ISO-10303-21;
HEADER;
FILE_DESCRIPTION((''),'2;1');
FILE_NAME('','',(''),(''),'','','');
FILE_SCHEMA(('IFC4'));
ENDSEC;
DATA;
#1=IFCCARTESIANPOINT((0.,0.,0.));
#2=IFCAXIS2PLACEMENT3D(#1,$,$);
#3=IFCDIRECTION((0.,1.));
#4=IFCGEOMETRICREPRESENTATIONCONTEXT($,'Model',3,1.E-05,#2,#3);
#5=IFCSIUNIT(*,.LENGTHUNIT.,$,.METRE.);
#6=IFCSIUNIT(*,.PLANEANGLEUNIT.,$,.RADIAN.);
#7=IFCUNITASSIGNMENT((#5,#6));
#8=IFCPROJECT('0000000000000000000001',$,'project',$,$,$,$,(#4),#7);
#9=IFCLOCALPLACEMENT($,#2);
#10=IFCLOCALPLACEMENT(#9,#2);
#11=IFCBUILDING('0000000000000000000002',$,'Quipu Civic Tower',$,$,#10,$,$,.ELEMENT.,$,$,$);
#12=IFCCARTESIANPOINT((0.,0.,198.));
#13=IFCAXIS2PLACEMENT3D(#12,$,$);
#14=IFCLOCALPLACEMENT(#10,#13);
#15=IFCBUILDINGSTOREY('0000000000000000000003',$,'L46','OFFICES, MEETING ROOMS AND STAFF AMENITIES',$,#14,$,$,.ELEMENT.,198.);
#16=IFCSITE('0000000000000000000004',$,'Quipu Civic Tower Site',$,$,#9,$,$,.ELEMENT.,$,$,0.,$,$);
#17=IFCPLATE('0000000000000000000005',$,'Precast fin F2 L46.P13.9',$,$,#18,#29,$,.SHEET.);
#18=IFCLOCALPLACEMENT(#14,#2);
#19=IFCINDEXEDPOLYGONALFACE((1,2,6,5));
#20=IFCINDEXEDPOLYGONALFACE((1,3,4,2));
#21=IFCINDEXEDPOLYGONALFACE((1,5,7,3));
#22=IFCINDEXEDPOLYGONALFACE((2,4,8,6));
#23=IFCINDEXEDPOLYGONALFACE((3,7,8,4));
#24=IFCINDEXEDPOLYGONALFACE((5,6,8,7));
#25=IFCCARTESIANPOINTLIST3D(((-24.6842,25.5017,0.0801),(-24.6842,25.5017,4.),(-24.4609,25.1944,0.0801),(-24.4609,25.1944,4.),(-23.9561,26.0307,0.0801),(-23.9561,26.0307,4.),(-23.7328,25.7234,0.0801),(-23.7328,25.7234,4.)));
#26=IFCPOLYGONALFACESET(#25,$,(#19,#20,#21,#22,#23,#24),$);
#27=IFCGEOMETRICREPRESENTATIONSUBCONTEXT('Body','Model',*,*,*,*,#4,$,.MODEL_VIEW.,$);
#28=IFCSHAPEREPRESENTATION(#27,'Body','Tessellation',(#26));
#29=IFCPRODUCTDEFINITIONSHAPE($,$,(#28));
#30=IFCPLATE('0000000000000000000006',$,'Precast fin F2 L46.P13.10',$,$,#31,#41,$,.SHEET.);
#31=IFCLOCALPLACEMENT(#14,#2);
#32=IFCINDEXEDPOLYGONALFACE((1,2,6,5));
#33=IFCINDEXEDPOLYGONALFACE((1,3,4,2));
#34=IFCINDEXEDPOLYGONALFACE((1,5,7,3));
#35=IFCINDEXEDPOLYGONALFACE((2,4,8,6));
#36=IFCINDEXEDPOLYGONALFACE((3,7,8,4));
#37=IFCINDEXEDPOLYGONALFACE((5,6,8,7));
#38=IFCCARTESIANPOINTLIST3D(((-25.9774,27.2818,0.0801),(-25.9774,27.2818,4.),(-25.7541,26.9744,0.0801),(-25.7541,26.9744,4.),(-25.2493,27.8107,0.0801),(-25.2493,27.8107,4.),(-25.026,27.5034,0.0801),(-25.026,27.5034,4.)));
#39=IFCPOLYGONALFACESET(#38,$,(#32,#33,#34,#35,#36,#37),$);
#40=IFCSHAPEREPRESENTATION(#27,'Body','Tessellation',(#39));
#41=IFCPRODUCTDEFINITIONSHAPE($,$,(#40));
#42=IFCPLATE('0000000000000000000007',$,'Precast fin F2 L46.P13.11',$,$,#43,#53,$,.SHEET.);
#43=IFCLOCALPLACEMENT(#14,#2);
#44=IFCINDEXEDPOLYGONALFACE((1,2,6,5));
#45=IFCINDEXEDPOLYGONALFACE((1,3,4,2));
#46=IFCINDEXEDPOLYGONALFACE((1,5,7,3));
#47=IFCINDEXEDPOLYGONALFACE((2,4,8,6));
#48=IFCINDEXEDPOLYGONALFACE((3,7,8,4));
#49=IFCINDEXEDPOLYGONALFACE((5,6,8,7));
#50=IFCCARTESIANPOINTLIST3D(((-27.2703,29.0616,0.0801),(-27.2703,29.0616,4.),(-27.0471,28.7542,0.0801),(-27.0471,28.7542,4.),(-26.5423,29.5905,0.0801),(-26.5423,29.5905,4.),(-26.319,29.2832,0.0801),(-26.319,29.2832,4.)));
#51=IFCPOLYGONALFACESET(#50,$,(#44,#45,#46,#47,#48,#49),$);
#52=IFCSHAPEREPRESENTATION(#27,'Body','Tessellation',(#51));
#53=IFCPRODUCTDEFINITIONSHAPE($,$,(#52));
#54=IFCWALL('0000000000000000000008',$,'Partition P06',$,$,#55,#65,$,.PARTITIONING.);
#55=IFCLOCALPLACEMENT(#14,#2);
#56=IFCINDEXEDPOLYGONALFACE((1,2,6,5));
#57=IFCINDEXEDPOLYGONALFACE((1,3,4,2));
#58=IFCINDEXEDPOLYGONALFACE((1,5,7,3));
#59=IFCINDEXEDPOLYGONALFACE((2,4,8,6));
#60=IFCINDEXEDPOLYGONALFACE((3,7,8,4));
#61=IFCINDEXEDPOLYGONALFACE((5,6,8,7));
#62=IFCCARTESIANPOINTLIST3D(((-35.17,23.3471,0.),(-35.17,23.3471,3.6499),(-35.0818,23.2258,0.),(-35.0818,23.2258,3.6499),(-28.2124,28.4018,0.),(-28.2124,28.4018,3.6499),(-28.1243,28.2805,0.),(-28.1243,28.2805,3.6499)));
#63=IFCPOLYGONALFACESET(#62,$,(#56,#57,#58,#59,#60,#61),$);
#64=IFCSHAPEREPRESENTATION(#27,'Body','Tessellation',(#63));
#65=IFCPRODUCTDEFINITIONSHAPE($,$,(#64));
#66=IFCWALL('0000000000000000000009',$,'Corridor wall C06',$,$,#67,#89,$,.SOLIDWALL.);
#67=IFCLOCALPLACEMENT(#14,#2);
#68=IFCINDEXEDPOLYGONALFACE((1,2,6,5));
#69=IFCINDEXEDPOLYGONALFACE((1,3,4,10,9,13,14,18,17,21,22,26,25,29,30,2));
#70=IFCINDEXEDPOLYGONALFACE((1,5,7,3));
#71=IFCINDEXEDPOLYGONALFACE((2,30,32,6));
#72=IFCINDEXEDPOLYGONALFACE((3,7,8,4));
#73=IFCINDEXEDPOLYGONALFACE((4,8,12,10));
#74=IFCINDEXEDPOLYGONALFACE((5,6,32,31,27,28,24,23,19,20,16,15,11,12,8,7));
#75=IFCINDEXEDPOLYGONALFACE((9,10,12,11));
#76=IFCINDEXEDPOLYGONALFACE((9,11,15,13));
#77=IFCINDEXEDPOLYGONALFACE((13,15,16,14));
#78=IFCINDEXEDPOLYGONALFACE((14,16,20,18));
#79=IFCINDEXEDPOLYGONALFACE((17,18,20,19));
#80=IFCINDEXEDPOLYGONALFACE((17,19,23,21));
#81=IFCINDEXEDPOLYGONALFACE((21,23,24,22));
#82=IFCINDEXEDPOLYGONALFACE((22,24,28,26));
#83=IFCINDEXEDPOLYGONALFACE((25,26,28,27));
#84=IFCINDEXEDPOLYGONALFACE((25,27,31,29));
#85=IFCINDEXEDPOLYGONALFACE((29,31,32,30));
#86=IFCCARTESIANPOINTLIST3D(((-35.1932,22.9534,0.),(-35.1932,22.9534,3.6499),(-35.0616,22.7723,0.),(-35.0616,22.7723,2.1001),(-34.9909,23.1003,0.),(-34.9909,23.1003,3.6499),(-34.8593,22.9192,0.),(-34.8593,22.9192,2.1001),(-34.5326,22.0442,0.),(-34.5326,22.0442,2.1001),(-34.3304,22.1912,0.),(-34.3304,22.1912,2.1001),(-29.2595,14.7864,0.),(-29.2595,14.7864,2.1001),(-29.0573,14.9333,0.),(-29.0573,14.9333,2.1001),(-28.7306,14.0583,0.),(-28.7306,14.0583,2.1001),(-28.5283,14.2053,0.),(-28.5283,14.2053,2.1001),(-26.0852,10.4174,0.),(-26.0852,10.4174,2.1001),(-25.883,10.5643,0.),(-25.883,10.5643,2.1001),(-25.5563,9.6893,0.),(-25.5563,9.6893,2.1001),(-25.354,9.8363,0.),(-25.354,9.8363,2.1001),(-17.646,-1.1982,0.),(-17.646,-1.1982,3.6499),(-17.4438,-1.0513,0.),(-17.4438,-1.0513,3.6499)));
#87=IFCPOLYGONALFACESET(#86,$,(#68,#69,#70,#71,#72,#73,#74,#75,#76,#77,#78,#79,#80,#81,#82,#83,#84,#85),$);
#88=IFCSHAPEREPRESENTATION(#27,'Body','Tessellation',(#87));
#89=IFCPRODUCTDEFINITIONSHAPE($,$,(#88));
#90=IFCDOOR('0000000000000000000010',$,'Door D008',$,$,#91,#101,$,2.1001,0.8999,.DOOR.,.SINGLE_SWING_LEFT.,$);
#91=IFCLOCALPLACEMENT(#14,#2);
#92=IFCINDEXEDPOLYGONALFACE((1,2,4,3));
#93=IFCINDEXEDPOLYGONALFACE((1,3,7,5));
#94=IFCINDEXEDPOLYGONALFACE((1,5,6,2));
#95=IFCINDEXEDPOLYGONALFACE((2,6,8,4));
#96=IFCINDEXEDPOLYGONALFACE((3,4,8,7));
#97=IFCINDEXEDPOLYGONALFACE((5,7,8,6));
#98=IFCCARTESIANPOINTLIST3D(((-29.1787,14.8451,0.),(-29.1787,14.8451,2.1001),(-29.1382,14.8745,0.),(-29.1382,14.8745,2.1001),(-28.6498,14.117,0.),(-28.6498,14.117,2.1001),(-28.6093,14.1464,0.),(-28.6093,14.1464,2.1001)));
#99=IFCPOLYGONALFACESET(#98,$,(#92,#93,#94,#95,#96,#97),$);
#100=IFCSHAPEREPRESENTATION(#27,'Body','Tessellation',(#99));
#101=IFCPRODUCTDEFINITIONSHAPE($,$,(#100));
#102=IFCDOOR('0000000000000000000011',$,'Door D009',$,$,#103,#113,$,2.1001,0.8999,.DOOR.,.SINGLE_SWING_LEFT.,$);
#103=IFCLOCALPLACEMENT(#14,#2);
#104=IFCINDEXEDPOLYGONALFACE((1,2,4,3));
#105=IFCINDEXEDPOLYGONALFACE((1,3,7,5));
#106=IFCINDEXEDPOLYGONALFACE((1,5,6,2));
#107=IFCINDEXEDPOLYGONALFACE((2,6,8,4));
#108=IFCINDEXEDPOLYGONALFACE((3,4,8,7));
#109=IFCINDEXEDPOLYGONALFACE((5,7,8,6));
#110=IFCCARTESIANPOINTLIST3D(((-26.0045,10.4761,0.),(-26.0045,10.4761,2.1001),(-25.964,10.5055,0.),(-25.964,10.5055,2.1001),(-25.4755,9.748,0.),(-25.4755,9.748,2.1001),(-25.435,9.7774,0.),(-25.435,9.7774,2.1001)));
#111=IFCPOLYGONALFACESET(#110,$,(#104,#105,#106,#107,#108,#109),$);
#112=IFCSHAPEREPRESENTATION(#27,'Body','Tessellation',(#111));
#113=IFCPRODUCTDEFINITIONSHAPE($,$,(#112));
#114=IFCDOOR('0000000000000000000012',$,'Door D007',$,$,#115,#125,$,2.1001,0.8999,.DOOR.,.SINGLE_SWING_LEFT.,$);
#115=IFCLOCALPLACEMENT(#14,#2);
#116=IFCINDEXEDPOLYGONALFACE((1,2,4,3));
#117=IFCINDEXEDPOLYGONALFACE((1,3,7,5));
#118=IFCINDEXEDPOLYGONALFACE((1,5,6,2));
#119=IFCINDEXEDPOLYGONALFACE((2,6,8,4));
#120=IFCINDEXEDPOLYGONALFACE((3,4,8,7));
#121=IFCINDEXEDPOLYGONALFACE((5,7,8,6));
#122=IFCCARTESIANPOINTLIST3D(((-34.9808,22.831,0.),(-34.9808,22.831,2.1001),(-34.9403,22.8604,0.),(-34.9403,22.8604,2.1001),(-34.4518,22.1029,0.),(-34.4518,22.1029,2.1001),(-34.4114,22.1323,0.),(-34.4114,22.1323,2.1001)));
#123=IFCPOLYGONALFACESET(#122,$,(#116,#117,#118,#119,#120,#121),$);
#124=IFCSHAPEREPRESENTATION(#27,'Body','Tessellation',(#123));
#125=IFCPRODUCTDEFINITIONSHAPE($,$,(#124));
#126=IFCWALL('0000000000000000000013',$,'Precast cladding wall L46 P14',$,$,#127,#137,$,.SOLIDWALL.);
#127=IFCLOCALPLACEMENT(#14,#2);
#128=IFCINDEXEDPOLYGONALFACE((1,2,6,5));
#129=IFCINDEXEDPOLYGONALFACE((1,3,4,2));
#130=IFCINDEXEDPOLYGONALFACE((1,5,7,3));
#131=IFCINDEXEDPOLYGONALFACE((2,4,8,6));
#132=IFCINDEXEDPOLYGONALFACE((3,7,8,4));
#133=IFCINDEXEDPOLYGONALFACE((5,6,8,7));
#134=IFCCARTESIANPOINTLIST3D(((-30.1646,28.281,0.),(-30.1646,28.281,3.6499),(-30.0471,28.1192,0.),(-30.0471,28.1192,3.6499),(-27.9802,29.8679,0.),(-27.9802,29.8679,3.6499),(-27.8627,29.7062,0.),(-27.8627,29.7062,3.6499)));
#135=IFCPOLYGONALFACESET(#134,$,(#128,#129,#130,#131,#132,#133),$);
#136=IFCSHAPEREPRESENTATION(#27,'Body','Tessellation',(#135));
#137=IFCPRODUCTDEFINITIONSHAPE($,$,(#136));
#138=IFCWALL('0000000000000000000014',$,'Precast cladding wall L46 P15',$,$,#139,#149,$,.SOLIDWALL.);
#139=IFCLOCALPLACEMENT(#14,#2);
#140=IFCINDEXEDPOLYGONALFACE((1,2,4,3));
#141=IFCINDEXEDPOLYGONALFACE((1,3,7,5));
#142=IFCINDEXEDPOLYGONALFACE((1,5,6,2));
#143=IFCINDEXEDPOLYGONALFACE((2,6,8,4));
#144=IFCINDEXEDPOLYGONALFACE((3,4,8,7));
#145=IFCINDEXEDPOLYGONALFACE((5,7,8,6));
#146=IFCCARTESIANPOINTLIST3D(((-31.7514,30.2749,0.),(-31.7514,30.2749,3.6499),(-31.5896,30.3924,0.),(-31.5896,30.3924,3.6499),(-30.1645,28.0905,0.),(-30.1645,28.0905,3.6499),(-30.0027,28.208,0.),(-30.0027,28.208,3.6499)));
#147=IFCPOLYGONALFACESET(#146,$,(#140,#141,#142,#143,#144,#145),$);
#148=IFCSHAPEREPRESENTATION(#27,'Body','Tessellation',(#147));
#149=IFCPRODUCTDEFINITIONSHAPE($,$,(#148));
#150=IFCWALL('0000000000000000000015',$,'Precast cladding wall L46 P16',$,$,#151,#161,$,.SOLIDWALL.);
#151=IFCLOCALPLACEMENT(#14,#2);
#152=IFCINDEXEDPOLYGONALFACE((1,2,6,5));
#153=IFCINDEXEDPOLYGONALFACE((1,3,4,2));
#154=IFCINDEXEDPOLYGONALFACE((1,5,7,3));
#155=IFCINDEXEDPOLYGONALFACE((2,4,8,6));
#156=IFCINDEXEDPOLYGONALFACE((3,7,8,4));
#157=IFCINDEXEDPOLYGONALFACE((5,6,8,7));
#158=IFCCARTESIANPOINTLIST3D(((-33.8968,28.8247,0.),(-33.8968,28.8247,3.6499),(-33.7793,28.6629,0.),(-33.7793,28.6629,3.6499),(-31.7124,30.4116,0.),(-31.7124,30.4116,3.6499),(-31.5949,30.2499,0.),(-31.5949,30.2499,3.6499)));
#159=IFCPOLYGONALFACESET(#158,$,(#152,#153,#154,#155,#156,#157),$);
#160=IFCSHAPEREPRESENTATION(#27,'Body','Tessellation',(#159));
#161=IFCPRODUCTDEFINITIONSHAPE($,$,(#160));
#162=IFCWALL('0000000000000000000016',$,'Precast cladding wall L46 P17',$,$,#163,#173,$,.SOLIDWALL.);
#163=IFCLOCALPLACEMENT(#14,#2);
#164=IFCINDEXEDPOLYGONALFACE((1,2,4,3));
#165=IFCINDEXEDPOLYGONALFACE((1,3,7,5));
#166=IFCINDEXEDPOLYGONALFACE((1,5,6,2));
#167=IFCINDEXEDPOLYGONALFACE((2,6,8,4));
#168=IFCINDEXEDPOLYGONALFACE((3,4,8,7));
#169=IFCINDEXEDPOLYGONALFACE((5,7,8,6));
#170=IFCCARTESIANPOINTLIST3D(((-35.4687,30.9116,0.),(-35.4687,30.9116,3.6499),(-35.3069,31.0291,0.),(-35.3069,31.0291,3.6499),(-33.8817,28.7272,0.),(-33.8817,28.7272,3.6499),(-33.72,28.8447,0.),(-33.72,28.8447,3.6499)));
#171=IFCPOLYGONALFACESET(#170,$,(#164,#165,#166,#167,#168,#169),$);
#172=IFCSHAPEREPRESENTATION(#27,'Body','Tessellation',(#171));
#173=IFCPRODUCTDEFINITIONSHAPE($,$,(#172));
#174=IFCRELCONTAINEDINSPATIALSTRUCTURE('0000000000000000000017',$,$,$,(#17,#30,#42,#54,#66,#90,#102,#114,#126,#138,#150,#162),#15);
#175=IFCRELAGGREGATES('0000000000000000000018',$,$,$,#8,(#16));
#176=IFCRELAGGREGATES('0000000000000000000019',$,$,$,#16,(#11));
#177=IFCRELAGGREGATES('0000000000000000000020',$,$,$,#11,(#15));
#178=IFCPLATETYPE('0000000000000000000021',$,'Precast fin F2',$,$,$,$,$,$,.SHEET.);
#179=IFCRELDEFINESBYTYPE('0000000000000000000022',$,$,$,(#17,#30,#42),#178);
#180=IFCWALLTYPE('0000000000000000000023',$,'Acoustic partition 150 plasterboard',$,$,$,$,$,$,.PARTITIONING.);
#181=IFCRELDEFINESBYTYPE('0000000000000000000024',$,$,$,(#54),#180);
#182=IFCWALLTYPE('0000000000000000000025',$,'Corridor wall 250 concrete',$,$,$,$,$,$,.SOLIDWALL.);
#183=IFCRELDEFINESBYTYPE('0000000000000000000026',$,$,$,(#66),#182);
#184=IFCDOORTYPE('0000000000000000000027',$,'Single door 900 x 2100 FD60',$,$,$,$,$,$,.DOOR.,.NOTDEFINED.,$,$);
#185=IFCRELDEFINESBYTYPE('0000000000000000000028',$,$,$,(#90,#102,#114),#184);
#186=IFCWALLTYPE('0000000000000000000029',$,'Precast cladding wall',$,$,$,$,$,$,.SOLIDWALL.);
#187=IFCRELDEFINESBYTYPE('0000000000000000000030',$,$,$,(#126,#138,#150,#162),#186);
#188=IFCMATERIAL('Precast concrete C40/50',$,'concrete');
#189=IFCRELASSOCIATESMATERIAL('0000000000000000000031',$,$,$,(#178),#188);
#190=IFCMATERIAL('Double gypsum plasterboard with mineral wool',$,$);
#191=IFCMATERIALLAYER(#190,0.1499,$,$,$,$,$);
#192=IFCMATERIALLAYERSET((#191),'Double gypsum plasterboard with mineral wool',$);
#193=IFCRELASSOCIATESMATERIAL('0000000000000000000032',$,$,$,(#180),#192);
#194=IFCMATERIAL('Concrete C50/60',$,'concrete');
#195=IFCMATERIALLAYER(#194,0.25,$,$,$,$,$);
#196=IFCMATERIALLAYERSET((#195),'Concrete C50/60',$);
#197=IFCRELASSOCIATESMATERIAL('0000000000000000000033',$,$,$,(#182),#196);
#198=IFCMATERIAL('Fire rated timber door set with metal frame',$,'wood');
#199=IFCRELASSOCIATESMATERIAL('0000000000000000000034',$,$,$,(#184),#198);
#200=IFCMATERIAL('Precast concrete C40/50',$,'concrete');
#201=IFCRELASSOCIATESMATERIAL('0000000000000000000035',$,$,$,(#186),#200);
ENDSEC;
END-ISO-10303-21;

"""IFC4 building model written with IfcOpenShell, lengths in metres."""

from ifc_helpers import new_model, si_unit, direction, frame, frame_2d, origin, origin_2d, place, context, subcontext, project, spatial, rectangle, extrude, material, layer, layer_set, type_object, element, fill, save


model = new_model("IFC4")

# Units and contexts
model_context = context("Model", 3, precision=1e-05, world=origin(), true_north=direction((0.0, 1.0)))
body_context = subcontext(model_context, "Body", "Model", "MODEL_VIEW")
ifc_project = project(units=[si_unit("LENGTHUNIT", "METRE"), si_unit("PLANEANGLEUNIT", "RADIAN")], contexts=[model_context])

# Site, building, storey
site_placement = place(None, origin())
site = spatial("IfcSite", under=ifc_project, at=site_placement, Name="Quipu Civic Tower Site", CompositionType="ELEMENT", RefElevation=0.0)
building_placement = place(site_placement, origin())
building = spatial("IfcBuilding", under=site, at=building_placement, Name="Quipu Civic Tower", CompositionType="ELEMENT")
storey_placement = place(building_placement, frame((0.0, 0.0, 198.0)))
storey = spatial("IfcBuildingStorey", under=building, at=storey_placement, Name="L46", Description="OFFICES, MEETING ROOMS AND STAFF AMENITIES", CompositionType="ELEMENT", Elevation=198.0)

# Plates
ifc_material_1 = material(Name="Precast concrete C40/50", Category="concrete")
plate_type_1 = type_object("IfcPlateType", Name="Precast fin F2", PredefinedType="SHEET", material=ifc_material_1)
for number, where, z_axis, x_axis, name in (
    (1, (-24.2085, 25.6125, 0.0801), (0.0, 0.0, 1.0), (-0.587787, 0.809016, 0.0), "Precast fin F2 L46.P13.9"),
    (2, (-25.5017, 27.3926, 0.0801), (0.0, 0.0, 1.0), (-0.587787, 0.809016, 0.0), "Precast fin F2 L46.P13.10"),
    (3, (-26.7947, 29.1724, 0.0801), (0.0, 0.0, 1.0), (-0.587787, 0.809016, 0.0), "Precast fin F2 L46.P13.11"),
):
    element("IfcPlate", number, at=place(storey_placement, frame(where, z_axis=z_axis, x_axis=x_axis)), inside=storey, type_object=plate_type_1, Name=name, PredefinedType="SHEET", context=body_context, shape_type="SweptSolid", body=[
        extrude(rectangle(XDim=0.3799, YDim=0.8999, at=origin_2d()), origin(), (0.0, 0.0, 1.0), 3.9199),
    ])

# Wall
ifc_material_2 = material(Name="Double gypsum plasterboard with mineral wool")
ifc_layer_1 = layer(ifc_material_2, 0.1499)
ifc_layer_set_1 = layer_set([ifc_layer_1], Name="Double gypsum plasterboard with mineral wool")
wall_type_1 = type_object("IfcWallType", Name="Acoustic partition 150 plasterboard", PredefinedType="PARTITIONING", material=ifc_layer_set_1)
wall_1_placement = place(storey_placement, frame((-28.1685, 28.3411, 0.0), z_axis=(0.0, 0.0, 1.0), x_axis=(-0.809031, -0.587767, 0.0)))
element("IfcWall", 4, at=wall_1_placement, inside=storey, type_object=wall_type_1, Name="Partition P06", PredefinedType="PARTITIONING", context=body_context, shape_type="SweptSolid", body=[
    extrude(rectangle(XDim=8.5999, YDim=0.1499, at=frame_2d((4.2998, 0.0))), origin(), (0.0, 0.0, 1.0), 3.6499),
])

# Wall, openings, doors
ifc_material_3 = material(Name="Concrete C50/60", Category="concrete")
ifc_layer_2 = layer(ifc_material_3, 0.25)
ifc_layer_set_2 = layer_set([ifc_layer_2], Name="Concrete C50/60")
wall_type_2 = type_object("IfcWallType", Name="Corridor wall 250 concrete", PredefinedType="SOLIDWALL", material=ifc_layer_set_2)
wall_2_placement = place(storey_placement, frame((-35.092, 23.0269, 0.0), z_axis=(0.0, 0.0, 1.0), x_axis=(0.587784, -0.809018, 0.0)))
wall_2 = element("IfcWall", 5, at=wall_2_placement, inside=storey, type_object=wall_type_2, Name="Corridor wall C06", PredefinedType="SOLIDWALL", context=body_context, shape_type="SweptSolid", body=[
    extrude(rectangle(XDim=29.853, YDim=0.25, at=frame_2d((14.9265, 0.0))), origin(), (0.0, 0.0, 1.0), 3.6499),
])
opening_1_placement = place(wall_2_placement, frame((10.095, 0.0, 0.0)))
opening_1 = element("IfcOpeningElement", 6, at=opening_1_placement, cuts=wall_2, PredefinedType="OPENING", context=body_context, shape_type="SweptSolid", body=[
    extrude(rectangle(XDim=0.8999, YDim=2.1001, at=frame_2d((0.45, 1.05))), frame((0.0, 0.135, 0.0), z_axis=(0.0, -1.0, 0.0), x_axis=(1.0, 0.0, 0.0)), (0.0, 0.0, 1.0), 0.27),
])
opening_2_placement = place(wall_2_placement, frame((15.4954, 0.0, 0.0)))
opening_2 = element("IfcOpeningElement", 7, at=opening_2_placement, cuts=wall_2, PredefinedType="OPENING", context=body_context, shape_type="SweptSolid", body=[
    extrude(rectangle(XDim=0.8999, YDim=2.1001, at=frame_2d((0.45, 1.05))), frame((0.0, 0.135, 0.0), z_axis=(0.0, -1.0, 0.0), x_axis=(1.0, 0.0, 0.0)), (0.0, 0.0, 1.0), 0.27),
])
opening_3_placement = place(wall_2_placement, frame((0.2239, 0.0, 0.0)))
opening_3 = element("IfcOpeningElement", 8, at=opening_3_placement, cuts=wall_2, PredefinedType="OPENING", context=body_context, shape_type="SweptSolid", body=[
    extrude(rectangle(XDim=0.8999, YDim=2.1001, at=frame_2d((0.45, 1.05))), frame((0.0, 0.135, 0.0), z_axis=(0.0, -1.0, 0.0), x_axis=(1.0, 0.0, 0.0)), (0.0, 0.0, 1.0), 0.27),
])
ifc_material_4 = material(Name="Fire rated timber door set with metal frame", Category="wood")
door_type = type_object("IfcDoorType", Name="Single door 900 x 2100 FD60", OperationType="NOTDEFINED", PredefinedType="DOOR", material=ifc_material_4)
door_1_placement = place(opening_1_placement, origin())
door_1 = element("IfcDoor", 9, at=door_1_placement, inside=storey, type_object=door_type, Name="Door D008", OperationType="SINGLE_SWING_LEFT", OverallHeight=2.1001, OverallWidth=0.8999, PredefinedType="DOOR", context=body_context, shape_type="SweptSolid", body=[
    extrude(rectangle(XDim=0.8999, YDim=2.1001, at=frame_2d((0.45, 1.05))), frame((0.0, 0.0249, 0.0), z_axis=(0.0, -1.0, 0.0), x_axis=(1.0, 0.0, 0.0)), (0.0, 0.0, 1.0), 0.05),
])
fill(opening_1, door_1)
door_2_placement = place(opening_2_placement, origin())
door_2 = element("IfcDoor", 10, at=door_2_placement, inside=storey, type_object=door_type, Name="Door D009", OperationType="SINGLE_SWING_LEFT", OverallHeight=2.1001, OverallWidth=0.8999, PredefinedType="DOOR", context=body_context, shape_type="SweptSolid", body=[
    extrude(rectangle(XDim=0.8999, YDim=2.1001, at=frame_2d((0.45, 1.05))), frame((0.0, 0.0249, 0.0), z_axis=(0.0, -1.0, 0.0), x_axis=(1.0, 0.0, 0.0)), (0.0, 0.0, 1.0), 0.05),
])
fill(opening_2, door_2)
door_3_placement = place(opening_3_placement, origin())
door_3 = element("IfcDoor", 11, at=door_3_placement, inside=storey, type_object=door_type, Name="Door D007", OperationType="SINGLE_SWING_LEFT", OverallHeight=2.1001, OverallWidth=0.8999, PredefinedType="DOOR", context=body_context, shape_type="SweptSolid", body=[
    extrude(rectangle(XDim=0.8999, YDim=2.1001, at=frame_2d((0.45, 1.05))), frame((0.0, 0.0249, 0.0), z_axis=(0.0, -1.0, 0.0), x_axis=(1.0, 0.0, 0.0)), (0.0, 0.0, 1.0), 0.05),
])
fill(opening_3, door_3)

# Walls
ifc_material_5 = material(Name="Precast concrete C40/50", Category="concrete")
wall_type_3 = type_object("IfcWallType", Name="Precast cladding wall", PredefinedType="SOLIDWALL", material=ifc_material_5)
for number, where, z_axis, x_axis, name in (
    (12, (-27.9214, 29.7871, 0.0), (0.0, 0.0, 1.0), (-0.809033, -0.587763, 0.0), "Precast cladding wall L46 P14"),
    (13, (-30.0835, 28.1492, 0.0), (0.0, 0.0, 1.0), (-0.587763, 0.809033, 0.0), "Precast cladding wall L46 P15"),
    (14, (-31.6536, 30.3308, 0.0), (0.0, 0.0, 1.0), (-0.809033, -0.587763, 0.0), "Precast cladding wall L46 P16"),
    (15, (-33.8008, 28.7859, 0.0), (0.0, 0.0, 1.0), (-0.587763, 0.809033, 0.0), "Precast cladding wall L46 P17"),
):
    element("IfcWall", number, at=place(storey_placement, frame(where, z_axis=z_axis, x_axis=x_axis)), inside=storey, type_object=wall_type_3, Name=name, PredefinedType="SOLIDWALL", context=body_context, shape_type="SweptSolid", body=[
        extrude(rectangle(XDim=2.7, YDim=0.2, at=frame_2d((1.3501, 0.0))), origin(), (0.0, 0.0, 1.0), 3.6499),
    ])

save(model, "model.ifc")
